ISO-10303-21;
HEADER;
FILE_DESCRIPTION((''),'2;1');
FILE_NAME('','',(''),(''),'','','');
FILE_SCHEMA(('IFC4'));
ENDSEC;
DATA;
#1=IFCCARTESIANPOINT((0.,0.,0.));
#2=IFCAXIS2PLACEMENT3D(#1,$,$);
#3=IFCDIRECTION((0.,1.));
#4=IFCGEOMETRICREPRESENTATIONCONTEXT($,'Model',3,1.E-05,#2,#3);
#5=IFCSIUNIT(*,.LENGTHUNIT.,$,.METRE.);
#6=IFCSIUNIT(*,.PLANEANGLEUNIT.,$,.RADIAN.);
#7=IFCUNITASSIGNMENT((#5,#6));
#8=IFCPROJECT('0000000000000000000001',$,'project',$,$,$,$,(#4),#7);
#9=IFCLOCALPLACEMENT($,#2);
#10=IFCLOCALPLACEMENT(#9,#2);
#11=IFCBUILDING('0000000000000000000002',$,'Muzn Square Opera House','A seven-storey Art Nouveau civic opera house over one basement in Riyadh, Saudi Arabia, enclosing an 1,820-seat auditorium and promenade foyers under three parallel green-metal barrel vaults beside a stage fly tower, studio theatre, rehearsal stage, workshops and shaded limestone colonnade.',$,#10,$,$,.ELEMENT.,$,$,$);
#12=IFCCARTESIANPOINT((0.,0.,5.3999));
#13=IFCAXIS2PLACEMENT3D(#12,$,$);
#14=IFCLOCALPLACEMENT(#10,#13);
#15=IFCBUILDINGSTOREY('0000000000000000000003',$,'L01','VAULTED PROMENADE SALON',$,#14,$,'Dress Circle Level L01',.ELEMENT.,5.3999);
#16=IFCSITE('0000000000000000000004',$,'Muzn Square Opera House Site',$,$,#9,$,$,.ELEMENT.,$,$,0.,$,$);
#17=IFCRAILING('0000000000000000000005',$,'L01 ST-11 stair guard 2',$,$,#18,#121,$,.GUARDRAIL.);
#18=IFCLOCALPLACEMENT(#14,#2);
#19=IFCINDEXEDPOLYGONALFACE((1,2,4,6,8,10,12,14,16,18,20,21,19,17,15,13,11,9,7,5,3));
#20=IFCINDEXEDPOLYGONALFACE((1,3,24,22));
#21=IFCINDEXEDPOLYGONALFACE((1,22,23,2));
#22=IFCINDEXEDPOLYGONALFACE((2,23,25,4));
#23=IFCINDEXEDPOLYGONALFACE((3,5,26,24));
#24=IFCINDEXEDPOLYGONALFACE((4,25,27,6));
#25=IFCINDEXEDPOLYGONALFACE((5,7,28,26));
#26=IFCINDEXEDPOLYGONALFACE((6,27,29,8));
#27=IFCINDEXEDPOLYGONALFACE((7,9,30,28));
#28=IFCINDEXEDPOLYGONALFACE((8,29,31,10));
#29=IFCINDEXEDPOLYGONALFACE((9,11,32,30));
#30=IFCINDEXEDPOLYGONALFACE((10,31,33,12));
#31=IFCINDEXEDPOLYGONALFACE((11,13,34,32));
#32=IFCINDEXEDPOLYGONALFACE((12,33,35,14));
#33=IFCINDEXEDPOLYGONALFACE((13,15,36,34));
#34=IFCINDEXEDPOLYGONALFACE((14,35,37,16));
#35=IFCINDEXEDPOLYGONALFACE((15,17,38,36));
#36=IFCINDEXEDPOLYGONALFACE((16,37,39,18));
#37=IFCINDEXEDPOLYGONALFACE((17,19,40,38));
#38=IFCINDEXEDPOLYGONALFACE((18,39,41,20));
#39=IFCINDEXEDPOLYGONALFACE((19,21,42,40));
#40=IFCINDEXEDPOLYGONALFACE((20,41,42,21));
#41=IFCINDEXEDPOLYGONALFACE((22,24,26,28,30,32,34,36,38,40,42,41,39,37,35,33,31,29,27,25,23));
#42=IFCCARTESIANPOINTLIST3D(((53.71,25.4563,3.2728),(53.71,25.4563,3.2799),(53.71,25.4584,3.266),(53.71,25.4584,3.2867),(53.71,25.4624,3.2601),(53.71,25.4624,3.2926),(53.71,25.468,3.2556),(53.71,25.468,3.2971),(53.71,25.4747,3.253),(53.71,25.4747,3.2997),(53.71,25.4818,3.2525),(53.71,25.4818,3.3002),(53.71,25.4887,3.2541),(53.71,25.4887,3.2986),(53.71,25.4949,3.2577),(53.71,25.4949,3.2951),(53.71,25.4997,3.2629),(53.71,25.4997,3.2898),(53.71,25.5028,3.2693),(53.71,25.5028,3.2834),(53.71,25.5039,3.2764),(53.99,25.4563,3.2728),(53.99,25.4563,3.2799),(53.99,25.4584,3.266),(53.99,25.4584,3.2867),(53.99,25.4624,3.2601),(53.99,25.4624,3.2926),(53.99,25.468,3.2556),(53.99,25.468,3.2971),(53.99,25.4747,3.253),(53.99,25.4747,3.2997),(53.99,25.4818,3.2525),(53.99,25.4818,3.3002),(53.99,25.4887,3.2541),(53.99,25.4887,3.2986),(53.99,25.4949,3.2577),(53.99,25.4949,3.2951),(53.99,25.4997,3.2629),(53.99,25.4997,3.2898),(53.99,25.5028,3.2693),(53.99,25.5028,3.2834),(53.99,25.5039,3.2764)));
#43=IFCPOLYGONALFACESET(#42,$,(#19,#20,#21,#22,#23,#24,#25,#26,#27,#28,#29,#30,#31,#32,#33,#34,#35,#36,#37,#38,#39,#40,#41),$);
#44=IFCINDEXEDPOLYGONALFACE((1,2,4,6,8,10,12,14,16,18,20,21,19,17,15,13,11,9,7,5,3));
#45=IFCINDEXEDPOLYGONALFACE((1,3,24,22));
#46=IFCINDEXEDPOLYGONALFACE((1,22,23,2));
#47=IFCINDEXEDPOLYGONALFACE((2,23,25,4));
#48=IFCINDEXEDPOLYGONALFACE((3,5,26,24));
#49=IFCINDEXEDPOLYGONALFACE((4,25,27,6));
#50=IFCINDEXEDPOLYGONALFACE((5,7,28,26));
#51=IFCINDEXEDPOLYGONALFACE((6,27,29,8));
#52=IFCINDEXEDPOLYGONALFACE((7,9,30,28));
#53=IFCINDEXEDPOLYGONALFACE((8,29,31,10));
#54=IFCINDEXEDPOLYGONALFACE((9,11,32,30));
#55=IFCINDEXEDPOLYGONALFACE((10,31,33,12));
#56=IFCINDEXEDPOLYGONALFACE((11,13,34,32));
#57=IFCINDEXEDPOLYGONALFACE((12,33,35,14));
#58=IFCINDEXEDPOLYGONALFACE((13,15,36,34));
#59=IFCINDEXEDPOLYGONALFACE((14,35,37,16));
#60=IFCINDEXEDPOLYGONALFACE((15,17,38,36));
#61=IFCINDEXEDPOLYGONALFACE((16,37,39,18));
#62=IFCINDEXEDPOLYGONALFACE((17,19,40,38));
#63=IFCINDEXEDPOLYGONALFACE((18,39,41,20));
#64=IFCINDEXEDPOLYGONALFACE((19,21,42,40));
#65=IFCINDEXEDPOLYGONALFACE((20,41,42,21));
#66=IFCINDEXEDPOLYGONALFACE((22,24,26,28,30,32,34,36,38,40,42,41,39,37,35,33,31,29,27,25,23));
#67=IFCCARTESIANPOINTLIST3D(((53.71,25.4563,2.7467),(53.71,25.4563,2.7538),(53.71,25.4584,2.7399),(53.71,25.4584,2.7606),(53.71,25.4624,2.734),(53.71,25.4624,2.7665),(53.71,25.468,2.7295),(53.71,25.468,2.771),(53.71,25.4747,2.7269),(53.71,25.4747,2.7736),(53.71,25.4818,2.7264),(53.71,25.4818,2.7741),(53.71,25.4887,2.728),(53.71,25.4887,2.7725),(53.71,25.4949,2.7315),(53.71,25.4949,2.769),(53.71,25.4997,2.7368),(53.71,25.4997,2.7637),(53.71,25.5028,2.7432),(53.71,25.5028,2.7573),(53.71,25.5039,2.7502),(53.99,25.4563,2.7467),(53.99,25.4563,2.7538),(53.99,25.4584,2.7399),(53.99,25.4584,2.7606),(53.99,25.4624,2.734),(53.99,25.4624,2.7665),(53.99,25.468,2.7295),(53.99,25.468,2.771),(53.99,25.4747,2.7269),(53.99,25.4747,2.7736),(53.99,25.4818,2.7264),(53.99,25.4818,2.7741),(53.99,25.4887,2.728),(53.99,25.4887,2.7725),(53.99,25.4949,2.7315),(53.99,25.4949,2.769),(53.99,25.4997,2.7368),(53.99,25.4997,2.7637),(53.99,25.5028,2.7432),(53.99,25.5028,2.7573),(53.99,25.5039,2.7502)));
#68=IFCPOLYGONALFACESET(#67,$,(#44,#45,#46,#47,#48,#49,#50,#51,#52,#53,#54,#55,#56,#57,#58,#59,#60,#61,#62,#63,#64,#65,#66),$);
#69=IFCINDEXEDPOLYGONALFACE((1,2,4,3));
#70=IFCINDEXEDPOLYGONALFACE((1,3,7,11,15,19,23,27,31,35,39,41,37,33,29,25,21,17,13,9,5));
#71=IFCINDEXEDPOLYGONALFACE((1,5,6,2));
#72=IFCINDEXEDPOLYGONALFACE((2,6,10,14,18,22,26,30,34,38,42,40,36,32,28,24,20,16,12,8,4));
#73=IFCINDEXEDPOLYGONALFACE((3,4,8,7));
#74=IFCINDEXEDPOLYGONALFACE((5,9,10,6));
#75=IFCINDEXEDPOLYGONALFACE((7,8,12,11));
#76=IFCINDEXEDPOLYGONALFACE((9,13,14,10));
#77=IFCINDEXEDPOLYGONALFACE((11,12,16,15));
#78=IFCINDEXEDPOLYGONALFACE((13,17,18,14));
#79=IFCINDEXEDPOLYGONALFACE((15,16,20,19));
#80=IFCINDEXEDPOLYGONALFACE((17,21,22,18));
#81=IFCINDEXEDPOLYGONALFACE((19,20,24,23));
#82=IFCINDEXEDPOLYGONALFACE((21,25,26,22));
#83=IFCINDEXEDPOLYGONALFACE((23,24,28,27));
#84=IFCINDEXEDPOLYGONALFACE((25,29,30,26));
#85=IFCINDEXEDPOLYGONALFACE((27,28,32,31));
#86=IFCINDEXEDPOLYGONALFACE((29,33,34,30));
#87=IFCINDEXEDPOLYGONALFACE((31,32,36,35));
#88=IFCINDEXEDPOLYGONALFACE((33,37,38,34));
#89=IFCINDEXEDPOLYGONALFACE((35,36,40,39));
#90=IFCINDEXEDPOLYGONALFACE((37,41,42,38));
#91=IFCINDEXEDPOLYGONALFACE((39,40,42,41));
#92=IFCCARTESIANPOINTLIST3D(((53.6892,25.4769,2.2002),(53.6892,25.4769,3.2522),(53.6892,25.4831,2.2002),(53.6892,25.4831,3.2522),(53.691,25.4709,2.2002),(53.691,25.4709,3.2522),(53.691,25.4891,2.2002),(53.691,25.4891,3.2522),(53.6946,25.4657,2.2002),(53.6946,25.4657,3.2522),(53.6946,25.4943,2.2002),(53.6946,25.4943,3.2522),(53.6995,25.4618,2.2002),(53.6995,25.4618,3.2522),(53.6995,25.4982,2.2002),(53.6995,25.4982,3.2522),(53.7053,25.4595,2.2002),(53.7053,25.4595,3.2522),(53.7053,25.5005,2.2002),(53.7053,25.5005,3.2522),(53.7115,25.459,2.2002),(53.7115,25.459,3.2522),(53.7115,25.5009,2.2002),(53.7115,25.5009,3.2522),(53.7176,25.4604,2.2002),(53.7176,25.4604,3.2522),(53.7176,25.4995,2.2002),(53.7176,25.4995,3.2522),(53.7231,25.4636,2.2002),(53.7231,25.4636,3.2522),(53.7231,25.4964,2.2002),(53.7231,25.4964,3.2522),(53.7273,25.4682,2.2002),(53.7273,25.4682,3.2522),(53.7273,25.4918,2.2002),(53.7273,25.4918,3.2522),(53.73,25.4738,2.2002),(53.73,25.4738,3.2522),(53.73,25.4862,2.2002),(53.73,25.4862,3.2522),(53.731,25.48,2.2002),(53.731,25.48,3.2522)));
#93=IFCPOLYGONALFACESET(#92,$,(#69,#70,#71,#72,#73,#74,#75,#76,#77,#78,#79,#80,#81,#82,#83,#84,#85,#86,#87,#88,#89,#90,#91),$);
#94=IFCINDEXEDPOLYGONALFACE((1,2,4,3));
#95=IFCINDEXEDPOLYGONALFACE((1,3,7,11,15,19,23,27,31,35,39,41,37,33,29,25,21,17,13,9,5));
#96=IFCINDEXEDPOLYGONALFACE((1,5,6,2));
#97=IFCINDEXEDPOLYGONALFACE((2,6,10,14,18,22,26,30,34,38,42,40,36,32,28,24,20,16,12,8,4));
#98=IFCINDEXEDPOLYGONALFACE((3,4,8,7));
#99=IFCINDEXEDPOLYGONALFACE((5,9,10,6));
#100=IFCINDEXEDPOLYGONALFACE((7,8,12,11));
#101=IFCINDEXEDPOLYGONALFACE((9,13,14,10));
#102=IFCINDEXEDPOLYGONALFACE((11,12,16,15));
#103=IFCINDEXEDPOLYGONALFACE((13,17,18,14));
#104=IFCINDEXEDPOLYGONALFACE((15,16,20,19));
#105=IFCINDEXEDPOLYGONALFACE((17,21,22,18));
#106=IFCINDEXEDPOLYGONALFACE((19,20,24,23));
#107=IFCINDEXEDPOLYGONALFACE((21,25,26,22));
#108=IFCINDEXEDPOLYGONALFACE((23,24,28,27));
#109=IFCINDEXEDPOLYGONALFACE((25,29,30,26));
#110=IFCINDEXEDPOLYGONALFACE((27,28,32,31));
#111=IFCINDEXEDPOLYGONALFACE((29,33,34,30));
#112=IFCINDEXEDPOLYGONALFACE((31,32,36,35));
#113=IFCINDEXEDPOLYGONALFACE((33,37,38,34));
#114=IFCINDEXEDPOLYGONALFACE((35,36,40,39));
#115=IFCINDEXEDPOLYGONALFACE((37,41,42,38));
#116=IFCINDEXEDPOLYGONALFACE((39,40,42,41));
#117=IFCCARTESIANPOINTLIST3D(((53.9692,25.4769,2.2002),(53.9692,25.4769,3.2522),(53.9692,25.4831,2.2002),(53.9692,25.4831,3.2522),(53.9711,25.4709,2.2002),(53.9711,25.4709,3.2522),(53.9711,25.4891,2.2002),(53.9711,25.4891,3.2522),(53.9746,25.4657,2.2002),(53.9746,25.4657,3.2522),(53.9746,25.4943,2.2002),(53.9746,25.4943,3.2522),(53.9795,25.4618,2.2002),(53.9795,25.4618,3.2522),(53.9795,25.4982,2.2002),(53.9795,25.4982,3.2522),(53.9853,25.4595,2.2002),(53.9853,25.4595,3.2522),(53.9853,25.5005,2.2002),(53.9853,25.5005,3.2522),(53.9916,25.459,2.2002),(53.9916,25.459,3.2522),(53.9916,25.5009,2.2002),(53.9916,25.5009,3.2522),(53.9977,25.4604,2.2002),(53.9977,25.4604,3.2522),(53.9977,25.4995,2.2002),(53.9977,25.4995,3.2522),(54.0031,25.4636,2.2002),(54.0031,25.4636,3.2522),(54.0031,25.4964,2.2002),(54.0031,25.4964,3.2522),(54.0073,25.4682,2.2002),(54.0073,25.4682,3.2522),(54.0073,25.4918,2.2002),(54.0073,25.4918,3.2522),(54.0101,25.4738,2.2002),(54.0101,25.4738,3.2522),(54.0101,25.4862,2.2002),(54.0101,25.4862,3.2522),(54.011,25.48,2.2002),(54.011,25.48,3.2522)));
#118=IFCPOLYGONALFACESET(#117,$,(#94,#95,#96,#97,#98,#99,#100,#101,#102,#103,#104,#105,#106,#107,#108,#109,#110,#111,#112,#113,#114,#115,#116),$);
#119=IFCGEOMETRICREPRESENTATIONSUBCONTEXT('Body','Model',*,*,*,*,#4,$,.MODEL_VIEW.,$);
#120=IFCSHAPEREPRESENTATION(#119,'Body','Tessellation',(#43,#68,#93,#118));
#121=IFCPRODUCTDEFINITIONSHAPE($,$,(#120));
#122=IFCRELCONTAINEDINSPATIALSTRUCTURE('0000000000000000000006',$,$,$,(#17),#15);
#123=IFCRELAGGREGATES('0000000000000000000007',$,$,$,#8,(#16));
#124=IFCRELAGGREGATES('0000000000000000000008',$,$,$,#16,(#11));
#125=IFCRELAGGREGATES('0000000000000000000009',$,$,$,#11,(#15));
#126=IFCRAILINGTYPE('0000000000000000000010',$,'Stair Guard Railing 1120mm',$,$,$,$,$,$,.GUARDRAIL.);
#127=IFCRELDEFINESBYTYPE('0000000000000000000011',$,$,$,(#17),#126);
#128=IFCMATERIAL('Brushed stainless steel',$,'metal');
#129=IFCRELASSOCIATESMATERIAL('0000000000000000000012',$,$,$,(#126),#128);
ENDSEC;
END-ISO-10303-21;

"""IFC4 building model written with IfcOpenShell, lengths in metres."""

from ifc_helpers import new_model, si_unit, direction, frame, origin, origin_2d, place, context, subcontext, project, spatial, circle, extrude, material, type_object, element, save


model = new_model("IFC4")

# Units and contexts
model_context = context("Model", 3, precision=1e-05, world=origin(), true_north=direction((0.0, 1.0)))
body_context = subcontext(model_context, "Body", "Model", "MODEL_VIEW")
ifc_project = project(units=[si_unit("LENGTHUNIT", "METRE"), si_unit("PLANEANGLEUNIT", "RADIAN")], contexts=[model_context])

# Site, building, storey
site_placement = place(None, origin())
site = spatial("IfcSite", under=ifc_project, at=site_placement, Name="Muzn Square Opera House Site", CompositionType="ELEMENT", RefElevation=0.0)
building_placement = place(site_placement, origin())
building = spatial("IfcBuilding", under=site, at=building_placement, Name="Muzn Square Opera House", Description="A seven-storey Art Nouveau civic opera house over one basement in Riyadh, Saudi Arabia, enclosing an 1,820-seat auditorium and promenade foyers under three parallel green-metal barrel vaults beside a stage fly tower, studio theatre, rehearsal stage, workshops and shaded limestone colonnade.", CompositionType="ELEMENT")
storey_placement = place(building_placement, frame((0.0, 0.0, 5.3999)))
storey = spatial("IfcBuildingStorey", under=building, at=storey_placement, Name="L01", Description="VAULTED PROMENADE SALON", LongName="Dress Circle Level L01", CompositionType="ELEMENT", Elevation=5.3999)

# Shared definitions
ifc_material_1 = material(Name="Brushed stainless steel", Category="metal")

# Railing
railing_type_1 = type_object("IfcRailingType", Name="Stair Guard Railing 1120mm", PredefinedType="GUARDRAIL", material=ifc_material_1)
railing_1_placement = place(storey_placement, frame((53.71, 25.48, 2.2002)))
element("IfcRailing", 1, at=railing_1_placement, inside=storey, type_object=railing_type_1, Name="L01 ST-11 stair guard 2", PredefinedType="GUARDRAIL", context=body_context, shape_type="SweptSolid", body=[
    extrude(circle(Radius=0.0239, at=origin_2d()), frame((0.0, 0.0, 1.0762), z_axis=(1.0, 0.0, 0.0), x_axis=(0.0, 1.0, 0.0)), (0.0, 0.0, 1.0), 0.28),
    extrude(circle(Radius=0.0239, at=origin_2d()), frame((0.0, 0.0, 0.55), z_axis=(1.0, 0.0, 0.0), x_axis=(0.0, 1.0, 0.0)), (0.0, 0.0, 1.0), 0.28),
    extrude(circle(Radius=0.021, at=origin_2d()), origin(), (0.0, 0.0, 1.0), 1.052),
    extrude(circle(Radius=0.021, at=origin_2d()), frame((0.28, 0.0, 0.0)), (0.0, 0.0, 1.0), 1.052),
])

save(model, "model.ifc")
